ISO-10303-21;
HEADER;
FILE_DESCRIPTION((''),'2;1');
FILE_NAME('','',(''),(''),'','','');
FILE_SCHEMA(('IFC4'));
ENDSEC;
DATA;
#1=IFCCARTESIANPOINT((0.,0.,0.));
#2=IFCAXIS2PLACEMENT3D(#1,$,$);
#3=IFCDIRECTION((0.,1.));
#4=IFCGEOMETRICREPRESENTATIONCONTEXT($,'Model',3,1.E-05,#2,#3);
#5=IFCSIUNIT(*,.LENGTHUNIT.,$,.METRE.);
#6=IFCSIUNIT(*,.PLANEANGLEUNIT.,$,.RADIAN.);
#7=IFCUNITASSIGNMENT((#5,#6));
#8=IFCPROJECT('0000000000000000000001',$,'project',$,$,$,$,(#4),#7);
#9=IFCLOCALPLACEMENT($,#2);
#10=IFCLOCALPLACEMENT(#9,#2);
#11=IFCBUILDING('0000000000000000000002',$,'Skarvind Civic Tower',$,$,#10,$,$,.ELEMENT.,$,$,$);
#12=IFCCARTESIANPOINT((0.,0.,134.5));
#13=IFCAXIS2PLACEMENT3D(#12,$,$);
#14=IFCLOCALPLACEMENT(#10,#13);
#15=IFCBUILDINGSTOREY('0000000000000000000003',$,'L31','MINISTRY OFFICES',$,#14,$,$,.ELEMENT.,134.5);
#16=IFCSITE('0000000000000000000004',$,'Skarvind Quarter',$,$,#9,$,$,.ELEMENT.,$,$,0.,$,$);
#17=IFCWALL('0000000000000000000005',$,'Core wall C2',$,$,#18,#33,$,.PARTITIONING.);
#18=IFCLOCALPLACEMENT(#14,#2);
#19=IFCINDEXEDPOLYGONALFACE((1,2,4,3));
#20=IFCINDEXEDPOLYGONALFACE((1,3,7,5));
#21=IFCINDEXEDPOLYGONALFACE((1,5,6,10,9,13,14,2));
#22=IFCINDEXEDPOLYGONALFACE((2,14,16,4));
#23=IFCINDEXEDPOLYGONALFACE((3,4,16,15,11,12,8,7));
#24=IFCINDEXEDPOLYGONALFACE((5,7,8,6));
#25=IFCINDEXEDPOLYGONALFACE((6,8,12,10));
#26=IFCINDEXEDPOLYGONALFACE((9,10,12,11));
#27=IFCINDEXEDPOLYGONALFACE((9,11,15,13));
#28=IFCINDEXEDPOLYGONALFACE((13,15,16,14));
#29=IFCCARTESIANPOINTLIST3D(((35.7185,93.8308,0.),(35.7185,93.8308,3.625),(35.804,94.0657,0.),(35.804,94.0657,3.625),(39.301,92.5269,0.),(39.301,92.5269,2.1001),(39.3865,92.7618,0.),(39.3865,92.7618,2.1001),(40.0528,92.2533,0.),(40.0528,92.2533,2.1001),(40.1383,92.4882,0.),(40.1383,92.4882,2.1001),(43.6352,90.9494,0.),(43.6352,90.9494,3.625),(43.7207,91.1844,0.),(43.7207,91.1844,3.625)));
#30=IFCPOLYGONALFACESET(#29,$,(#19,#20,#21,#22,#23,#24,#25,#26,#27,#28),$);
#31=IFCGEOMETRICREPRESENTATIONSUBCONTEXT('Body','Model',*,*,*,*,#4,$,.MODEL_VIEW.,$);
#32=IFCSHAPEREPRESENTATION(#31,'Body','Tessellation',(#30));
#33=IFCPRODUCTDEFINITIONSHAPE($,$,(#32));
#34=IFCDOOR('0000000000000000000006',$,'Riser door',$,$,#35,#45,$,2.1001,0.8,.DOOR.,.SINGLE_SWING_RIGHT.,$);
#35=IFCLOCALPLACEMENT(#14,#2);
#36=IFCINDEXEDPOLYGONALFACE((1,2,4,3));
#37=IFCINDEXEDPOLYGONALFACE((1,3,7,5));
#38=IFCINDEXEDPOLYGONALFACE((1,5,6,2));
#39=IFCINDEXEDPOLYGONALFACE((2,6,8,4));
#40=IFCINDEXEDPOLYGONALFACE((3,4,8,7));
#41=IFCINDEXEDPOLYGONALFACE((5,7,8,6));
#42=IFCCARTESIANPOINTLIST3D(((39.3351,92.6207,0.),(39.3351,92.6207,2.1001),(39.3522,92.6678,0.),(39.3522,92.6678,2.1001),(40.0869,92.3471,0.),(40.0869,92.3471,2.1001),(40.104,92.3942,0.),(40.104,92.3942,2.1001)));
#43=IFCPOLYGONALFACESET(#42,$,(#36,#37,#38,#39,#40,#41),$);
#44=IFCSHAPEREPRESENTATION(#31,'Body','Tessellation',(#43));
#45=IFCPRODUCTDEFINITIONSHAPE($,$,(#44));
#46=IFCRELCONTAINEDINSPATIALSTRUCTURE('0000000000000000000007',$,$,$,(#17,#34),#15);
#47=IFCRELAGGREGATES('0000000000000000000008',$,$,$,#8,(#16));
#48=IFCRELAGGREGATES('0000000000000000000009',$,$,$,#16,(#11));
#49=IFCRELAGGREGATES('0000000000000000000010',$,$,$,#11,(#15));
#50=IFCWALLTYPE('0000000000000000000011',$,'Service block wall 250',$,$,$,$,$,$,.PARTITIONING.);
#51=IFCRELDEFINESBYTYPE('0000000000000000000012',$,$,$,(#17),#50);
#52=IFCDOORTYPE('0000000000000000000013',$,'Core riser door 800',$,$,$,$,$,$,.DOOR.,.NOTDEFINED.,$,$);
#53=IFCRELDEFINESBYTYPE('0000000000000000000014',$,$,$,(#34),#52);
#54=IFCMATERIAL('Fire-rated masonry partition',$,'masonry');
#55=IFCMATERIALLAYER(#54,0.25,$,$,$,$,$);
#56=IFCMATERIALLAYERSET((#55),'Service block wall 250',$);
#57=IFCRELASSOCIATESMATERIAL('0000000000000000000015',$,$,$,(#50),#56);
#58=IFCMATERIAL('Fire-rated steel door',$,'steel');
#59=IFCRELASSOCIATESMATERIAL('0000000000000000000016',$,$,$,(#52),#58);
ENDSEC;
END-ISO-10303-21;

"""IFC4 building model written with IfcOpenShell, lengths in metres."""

from ifc_helpers import new_model, si_unit, direction, frame, frame_2d, origin, place, context, subcontext, project, spatial, rectangle, extrude, material, layer, layer_set, type_object, element, fill, save


model = new_model("IFC4")

# Units and contexts
model_context = context("Model", 3, precision=1e-05, world=origin(), true_north=direction((0.0, 1.0)))
body_context = subcontext(model_context, "Body", "Model", "MODEL_VIEW")
ifc_project = project(units=[si_unit("LENGTHUNIT", "METRE"), si_unit("PLANEANGLEUNIT", "RADIAN")], contexts=[model_context])

# Site, building, storey
site_placement = place(None, origin())
site = spatial("IfcSite", under=ifc_project, at=site_placement, Name="Skarvind Quarter", CompositionType="ELEMENT", RefElevation=0.0)
building_placement = place(site_placement, origin())
building = spatial("IfcBuilding", under=site, at=building_placement, Name="Skarvind Civic Tower", CompositionType="ELEMENT")
storey_placement = place(building_placement, frame((0.0, 0.0, 134.5)))
storey = spatial("IfcBuildingStorey", under=building, at=storey_placement, Name="L31", Description="MINISTRY OFFICES", CompositionType="ELEMENT", Elevation=134.5)

# Wall, opening, door
ifc_material_1 = material(Name="Fire-rated masonry partition", Category="masonry")
ifc_material_2 = material(Name="Fire-rated steel door", Category="steel")
ifc_layer_1 = layer(ifc_material_1, 0.25)
ifc_layer_set_1 = layer_set([ifc_layer_1], Name="Service block wall 250")
wall_type_1 = type_object("IfcWallType", Name="Service block wall 250", PredefinedType="PARTITIONING", material=ifc_layer_set_1)
wall_1_placement = place(storey_placement, frame((35.7612, 93.9482, 0.0), z_axis=(0.0, 0.0, 1.0), x_axis=(0.939697, -0.342008, 0.0)))
wall_1 = element("IfcWall", 1, at=wall_1_placement, inside=storey, type_object=wall_type_1, Name="Core wall C2", PredefinedType="PARTITIONING", context=body_context, shape_type="SweptSolid", body=[
    extrude(rectangle(XDim=8.4248, YDim=0.25, at=frame_2d((4.2124, 0.0))), origin(), (0.0, 0.0, 1.0), 3.625),
])
opening_1_placement = place(wall_1_placement, frame((3.8125, 0.0, 0.0)))
opening_1 = element("IfcOpeningElement", 2, at=opening_1_placement, cuts=wall_1, PredefinedType="OPENING", context=body_context, shape_type="SweptSolid", body=[
    extrude(rectangle(XDim=0.8, YDim=2.1001, at=frame_2d((0.3999, 1.05))), frame((0.0, 0.135, 0.0), z_axis=(0.0, -1.0, 0.0), x_axis=(1.0, 0.0, 0.0)), (0.0, 0.0, 1.0), 0.27),
])
door_type_1 = type_object("IfcDoorType", Name="Core riser door 800", OperationType="NOTDEFINED", PredefinedType="DOOR", material=ifc_material_2)
door_1_placement = place(opening_1_placement, origin())
door_1 = element("IfcDoor", 3, at=door_1_placement, inside=storey, type_object=door_type_1, Name="Riser door", OperationType="SINGLE_SWING_RIGHT", OverallHeight=2.1001, OverallWidth=0.8, PredefinedType="DOOR", context=body_context, shape_type="SweptSolid", body=[
    extrude(rectangle(XDim=0.8, YDim=2.1001, at=frame_2d((0.3999, 1.05))), frame((0.0, 0.0249, 0.0), z_axis=(0.0, -1.0, 0.0), x_axis=(1.0, 0.0, 0.0)), (0.0, 0.0, 1.0), 0.05),
])
fill(opening_1, door_1)

save(model, "model.ifc")
